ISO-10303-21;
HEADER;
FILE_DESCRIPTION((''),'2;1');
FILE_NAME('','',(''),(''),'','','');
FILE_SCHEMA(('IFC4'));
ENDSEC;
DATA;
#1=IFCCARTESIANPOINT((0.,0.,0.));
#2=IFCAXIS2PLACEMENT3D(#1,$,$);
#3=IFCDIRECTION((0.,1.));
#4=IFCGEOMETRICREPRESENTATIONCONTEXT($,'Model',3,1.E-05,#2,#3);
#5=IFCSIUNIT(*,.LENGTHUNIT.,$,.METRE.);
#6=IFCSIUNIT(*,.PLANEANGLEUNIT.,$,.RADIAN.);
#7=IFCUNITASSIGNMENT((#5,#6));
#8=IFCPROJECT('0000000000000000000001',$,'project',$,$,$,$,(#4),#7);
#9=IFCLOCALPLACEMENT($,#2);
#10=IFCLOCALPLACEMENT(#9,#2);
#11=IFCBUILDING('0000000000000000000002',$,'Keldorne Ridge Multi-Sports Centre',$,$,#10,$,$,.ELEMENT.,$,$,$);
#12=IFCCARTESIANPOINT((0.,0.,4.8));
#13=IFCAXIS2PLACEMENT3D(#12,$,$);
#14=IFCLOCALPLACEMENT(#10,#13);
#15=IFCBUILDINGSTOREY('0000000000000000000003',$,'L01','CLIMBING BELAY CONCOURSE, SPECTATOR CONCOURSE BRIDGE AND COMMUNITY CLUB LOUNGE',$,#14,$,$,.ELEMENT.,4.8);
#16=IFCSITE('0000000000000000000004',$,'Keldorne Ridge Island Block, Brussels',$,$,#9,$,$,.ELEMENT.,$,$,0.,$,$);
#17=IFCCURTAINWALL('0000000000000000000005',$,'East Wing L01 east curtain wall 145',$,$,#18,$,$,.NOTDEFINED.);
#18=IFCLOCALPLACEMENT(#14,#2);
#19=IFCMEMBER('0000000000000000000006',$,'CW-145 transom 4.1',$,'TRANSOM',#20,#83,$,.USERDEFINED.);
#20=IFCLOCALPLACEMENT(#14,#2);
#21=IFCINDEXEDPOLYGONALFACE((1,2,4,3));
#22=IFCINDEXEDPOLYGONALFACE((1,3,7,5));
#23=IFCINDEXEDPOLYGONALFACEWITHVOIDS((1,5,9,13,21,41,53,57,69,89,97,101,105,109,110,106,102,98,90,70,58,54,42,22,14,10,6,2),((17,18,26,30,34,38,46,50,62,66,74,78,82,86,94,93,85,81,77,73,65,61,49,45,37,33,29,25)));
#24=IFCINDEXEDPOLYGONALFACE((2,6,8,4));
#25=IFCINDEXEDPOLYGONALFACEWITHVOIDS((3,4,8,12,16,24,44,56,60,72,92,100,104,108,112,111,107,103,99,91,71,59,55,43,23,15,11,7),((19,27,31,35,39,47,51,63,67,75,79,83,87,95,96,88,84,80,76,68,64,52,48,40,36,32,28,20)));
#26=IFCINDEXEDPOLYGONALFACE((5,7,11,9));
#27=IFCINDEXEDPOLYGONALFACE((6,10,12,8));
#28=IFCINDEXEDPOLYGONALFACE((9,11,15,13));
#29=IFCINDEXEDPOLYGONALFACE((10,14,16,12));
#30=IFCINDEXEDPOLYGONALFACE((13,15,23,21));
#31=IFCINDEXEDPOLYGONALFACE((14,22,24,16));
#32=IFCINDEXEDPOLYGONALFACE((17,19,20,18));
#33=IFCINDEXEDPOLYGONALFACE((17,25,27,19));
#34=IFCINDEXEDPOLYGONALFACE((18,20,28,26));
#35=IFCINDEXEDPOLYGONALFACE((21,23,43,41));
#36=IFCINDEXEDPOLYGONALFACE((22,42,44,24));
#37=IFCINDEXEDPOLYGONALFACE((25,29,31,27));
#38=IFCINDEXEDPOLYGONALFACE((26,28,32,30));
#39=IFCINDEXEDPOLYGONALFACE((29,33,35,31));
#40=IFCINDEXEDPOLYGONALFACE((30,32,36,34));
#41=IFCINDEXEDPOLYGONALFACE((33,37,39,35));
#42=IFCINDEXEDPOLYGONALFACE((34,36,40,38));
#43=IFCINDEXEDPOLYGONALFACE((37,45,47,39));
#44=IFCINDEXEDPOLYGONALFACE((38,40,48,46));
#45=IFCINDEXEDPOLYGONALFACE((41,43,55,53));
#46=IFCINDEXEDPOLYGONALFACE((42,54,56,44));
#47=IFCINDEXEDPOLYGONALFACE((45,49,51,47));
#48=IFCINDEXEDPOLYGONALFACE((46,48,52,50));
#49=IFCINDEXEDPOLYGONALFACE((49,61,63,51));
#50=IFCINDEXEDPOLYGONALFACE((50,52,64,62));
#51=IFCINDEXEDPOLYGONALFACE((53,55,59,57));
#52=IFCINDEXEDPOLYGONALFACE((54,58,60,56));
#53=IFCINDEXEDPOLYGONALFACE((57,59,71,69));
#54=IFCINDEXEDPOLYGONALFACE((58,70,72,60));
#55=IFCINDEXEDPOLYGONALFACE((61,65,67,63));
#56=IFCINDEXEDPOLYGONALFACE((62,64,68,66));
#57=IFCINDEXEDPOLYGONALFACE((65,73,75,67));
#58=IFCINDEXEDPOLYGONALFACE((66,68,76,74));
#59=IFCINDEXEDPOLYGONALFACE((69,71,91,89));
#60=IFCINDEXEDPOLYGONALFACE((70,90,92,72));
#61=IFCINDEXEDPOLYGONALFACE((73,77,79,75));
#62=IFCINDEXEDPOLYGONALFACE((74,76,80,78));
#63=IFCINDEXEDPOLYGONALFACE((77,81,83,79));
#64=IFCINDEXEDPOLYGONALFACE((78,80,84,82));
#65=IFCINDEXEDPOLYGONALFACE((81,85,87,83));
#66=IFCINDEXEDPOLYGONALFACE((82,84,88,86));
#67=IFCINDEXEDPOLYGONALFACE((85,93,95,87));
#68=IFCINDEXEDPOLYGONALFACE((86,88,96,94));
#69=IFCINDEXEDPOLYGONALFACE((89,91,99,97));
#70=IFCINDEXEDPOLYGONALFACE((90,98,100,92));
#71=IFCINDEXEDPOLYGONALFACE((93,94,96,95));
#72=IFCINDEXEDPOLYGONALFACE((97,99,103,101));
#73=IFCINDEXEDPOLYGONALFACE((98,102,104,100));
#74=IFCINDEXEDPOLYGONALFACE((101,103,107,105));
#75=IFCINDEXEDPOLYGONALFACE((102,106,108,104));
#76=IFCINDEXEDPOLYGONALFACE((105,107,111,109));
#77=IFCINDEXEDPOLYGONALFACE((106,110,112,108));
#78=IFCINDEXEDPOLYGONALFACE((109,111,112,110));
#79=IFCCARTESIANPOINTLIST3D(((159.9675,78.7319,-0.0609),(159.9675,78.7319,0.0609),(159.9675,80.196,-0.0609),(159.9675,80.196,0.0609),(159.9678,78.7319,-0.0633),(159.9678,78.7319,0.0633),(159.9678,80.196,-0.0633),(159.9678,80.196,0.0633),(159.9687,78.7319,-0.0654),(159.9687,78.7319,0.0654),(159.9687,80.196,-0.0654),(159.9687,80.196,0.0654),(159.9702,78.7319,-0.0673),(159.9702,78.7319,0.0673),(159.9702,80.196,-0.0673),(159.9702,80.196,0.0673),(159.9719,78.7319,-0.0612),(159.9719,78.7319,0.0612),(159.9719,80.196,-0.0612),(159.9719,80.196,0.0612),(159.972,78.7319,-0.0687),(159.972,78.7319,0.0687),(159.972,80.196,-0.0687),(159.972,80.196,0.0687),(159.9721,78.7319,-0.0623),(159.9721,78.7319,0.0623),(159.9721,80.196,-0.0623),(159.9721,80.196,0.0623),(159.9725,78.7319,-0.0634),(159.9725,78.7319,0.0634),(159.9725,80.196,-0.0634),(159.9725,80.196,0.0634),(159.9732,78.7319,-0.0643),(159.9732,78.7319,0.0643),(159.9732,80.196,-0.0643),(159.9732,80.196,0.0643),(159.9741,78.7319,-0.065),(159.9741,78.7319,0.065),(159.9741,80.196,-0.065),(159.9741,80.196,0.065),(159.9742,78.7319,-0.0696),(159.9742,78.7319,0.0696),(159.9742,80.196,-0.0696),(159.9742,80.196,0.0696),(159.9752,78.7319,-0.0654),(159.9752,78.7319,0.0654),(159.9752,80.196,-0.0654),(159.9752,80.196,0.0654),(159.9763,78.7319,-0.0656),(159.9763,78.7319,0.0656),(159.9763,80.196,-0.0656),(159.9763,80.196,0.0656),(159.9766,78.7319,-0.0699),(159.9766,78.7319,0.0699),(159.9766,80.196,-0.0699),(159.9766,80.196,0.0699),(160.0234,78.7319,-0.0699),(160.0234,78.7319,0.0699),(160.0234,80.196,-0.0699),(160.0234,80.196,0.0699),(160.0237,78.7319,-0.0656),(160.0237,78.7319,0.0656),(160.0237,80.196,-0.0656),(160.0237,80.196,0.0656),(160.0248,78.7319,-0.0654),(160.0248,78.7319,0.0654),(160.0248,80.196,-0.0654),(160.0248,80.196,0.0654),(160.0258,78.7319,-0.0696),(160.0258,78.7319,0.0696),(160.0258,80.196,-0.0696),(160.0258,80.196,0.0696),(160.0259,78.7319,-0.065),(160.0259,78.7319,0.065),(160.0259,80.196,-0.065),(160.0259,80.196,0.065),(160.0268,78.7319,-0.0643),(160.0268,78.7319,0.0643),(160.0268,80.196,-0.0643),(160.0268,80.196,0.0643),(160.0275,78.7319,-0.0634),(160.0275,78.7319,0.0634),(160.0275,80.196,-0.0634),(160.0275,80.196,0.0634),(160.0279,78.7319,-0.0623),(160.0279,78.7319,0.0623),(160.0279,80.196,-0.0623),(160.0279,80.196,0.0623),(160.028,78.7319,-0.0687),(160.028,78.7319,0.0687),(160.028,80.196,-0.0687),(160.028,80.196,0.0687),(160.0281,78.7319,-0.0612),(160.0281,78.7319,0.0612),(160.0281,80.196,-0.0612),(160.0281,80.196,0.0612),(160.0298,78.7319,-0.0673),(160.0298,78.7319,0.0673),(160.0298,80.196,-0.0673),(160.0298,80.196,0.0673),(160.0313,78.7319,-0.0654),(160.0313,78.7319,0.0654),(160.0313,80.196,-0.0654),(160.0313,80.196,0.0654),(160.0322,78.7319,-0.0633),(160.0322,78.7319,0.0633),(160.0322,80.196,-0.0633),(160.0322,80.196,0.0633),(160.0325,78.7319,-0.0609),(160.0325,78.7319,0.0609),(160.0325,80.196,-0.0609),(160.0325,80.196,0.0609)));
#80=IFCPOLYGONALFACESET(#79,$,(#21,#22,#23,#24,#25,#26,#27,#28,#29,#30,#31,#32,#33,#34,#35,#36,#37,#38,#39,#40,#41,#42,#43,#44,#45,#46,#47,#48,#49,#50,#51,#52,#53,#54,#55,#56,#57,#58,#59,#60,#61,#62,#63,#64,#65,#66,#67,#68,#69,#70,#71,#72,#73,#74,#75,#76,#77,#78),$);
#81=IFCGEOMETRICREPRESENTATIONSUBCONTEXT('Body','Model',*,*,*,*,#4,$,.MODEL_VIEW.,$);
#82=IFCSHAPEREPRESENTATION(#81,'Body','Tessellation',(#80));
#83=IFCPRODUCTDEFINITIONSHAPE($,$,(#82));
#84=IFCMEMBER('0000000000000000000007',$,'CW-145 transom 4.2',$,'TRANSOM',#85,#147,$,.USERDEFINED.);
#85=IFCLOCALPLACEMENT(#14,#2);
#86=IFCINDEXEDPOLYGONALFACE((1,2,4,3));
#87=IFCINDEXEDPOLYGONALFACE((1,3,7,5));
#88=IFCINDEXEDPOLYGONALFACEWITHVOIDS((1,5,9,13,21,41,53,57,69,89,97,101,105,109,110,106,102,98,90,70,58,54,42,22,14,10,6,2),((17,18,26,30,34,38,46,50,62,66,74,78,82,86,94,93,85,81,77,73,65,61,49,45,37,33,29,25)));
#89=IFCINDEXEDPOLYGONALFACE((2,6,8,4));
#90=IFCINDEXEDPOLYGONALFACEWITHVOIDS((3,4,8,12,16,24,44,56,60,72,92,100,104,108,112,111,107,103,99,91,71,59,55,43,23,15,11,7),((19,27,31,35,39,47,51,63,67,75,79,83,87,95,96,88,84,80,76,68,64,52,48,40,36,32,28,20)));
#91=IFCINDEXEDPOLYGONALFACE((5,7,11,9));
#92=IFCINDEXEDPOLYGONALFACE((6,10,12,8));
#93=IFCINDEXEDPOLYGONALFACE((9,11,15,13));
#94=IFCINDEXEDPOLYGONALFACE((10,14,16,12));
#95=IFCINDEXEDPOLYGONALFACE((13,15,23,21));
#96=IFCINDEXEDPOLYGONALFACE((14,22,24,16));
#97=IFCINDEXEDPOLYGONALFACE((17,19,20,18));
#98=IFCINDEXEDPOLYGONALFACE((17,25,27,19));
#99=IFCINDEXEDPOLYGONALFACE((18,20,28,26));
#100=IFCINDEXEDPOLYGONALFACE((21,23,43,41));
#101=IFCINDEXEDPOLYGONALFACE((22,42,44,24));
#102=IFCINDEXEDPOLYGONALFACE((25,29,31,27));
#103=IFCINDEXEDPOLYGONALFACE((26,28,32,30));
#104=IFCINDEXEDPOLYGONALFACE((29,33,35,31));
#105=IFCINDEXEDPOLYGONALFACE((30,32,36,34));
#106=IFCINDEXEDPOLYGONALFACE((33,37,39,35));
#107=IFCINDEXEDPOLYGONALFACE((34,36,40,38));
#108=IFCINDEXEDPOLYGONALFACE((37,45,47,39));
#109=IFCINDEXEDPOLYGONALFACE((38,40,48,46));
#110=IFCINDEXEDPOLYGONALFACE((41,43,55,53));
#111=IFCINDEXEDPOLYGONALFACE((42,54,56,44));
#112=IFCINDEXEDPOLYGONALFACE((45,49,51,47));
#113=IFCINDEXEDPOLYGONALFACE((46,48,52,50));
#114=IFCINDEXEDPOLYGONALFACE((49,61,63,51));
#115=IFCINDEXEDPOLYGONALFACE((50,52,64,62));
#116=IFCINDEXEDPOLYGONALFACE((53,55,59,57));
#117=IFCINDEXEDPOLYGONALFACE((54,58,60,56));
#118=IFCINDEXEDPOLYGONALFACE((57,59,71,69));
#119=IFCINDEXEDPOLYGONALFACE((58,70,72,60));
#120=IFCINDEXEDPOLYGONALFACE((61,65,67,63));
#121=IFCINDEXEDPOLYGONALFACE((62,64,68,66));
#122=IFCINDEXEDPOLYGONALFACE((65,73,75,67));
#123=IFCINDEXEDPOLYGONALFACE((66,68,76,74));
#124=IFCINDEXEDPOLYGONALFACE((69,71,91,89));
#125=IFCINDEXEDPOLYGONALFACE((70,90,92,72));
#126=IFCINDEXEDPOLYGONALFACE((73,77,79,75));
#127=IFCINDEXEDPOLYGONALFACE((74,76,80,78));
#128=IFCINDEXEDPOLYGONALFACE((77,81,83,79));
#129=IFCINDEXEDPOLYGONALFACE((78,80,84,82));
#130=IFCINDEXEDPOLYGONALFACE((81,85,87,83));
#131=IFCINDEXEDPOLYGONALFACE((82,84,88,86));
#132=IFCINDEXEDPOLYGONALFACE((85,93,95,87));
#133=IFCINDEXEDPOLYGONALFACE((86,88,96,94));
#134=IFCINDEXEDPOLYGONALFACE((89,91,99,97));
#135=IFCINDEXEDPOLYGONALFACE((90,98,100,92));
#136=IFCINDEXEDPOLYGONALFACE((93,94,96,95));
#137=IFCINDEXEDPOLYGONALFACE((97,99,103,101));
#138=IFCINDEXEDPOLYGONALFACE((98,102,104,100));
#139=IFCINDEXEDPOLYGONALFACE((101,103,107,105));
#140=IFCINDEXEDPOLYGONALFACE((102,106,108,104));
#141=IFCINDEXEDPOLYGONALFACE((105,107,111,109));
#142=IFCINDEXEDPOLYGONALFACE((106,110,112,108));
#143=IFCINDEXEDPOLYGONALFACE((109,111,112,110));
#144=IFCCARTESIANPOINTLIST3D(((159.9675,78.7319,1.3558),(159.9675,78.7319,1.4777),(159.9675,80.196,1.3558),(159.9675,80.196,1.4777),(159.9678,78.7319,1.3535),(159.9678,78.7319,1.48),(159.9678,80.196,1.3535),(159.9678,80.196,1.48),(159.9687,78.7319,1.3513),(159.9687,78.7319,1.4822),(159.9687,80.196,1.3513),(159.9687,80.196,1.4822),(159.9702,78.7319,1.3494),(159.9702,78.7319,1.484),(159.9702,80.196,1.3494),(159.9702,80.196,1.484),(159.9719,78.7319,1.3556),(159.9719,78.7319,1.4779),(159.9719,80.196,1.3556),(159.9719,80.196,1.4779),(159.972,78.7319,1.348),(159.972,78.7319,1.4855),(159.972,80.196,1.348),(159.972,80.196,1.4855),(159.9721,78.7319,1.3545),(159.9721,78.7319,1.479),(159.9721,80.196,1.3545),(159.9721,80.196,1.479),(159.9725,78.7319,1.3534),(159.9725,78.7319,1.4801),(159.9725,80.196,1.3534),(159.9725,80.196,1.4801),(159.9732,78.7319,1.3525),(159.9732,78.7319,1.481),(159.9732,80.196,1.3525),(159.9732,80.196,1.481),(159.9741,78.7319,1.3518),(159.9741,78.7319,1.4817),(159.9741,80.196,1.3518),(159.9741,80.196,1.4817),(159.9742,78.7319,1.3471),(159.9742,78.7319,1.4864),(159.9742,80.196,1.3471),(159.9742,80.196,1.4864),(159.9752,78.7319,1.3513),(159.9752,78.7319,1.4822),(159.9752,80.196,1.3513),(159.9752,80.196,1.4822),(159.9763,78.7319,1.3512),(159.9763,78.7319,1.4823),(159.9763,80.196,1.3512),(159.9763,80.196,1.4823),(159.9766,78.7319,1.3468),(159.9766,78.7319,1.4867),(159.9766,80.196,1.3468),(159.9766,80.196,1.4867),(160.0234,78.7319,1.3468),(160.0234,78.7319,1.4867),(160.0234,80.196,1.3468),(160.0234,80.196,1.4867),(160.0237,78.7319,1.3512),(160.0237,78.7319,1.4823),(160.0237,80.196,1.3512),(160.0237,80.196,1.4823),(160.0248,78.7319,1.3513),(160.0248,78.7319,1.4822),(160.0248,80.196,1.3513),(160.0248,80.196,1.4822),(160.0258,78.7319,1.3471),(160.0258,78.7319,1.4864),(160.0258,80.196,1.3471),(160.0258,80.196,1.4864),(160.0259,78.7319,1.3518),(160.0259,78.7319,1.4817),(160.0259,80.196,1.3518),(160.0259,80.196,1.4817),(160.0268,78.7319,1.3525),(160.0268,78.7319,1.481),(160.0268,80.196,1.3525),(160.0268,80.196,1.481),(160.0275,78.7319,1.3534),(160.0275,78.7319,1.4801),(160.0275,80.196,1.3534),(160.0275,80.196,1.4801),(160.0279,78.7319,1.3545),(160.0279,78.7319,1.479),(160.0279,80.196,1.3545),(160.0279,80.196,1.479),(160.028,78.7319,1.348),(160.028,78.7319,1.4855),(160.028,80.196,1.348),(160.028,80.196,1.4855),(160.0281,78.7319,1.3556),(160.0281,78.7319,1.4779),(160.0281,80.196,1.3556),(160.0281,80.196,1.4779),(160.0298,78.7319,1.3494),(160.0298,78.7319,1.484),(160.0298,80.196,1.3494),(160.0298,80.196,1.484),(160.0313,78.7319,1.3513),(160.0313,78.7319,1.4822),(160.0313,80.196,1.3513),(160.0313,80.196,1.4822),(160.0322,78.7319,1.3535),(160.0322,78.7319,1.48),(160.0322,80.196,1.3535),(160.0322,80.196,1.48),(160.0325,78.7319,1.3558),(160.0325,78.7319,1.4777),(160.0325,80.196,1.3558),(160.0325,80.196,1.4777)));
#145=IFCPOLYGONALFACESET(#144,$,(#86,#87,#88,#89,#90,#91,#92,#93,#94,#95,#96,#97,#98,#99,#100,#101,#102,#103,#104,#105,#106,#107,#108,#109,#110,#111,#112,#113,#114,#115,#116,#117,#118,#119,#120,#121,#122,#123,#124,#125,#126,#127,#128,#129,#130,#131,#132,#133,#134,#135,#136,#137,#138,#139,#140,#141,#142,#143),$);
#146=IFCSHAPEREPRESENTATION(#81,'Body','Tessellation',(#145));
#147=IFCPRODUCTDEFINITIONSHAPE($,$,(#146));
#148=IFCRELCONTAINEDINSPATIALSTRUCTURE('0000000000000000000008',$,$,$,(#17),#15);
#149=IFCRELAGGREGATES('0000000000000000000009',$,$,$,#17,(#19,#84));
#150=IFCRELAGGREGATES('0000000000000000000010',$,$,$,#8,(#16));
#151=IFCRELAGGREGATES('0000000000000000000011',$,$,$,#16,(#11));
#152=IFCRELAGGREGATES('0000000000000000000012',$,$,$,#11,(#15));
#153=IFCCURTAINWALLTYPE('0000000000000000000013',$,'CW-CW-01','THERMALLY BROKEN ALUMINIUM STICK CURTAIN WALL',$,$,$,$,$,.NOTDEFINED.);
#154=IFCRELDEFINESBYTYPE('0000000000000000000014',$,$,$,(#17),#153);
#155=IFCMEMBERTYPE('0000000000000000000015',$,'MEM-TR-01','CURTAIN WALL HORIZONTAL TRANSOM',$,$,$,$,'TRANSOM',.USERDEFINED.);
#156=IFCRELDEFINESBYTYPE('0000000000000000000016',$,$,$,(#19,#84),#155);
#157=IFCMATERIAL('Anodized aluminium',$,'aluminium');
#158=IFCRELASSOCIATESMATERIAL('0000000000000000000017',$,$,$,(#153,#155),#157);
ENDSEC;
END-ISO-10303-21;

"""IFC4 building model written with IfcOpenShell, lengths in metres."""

from ifc_helpers import new_model, si_unit, direction, frame, origin, origin_2d, place, context, subcontext, project, spatial, hollow_rectangle, extrude, material, material_profile, profile_set, type_object, element, aggregate, save


model = new_model("IFC4")

# Units and contexts
model_context = context("Model", 3, precision=1e-05, world=origin(), true_north=direction((0.0, 1.0)))
body_context = subcontext(model_context, "Body", "Model", "MODEL_VIEW")
ifc_project = project(units=[si_unit("LENGTHUNIT", "METRE"), si_unit("PLANEANGLEUNIT", "RADIAN")], contexts=[model_context])

# Site, building, storey
site_placement = place(None, origin())
site = spatial("IfcSite", under=ifc_project, at=site_placement, Name="Keldorne Ridge Island Block, Brussels", CompositionType="ELEMENT", RefElevation=0.0)
building_placement = place(site_placement, origin())
building = spatial("IfcBuilding", under=site, at=building_placement, Name="Keldorne Ridge Multi-Sports Centre", CompositionType="ELEMENT")
storey_placement = place(building_placement, frame((0.0, 0.0, 4.8)))
storey = spatial("IfcBuildingStorey", under=building, at=storey_placement, Name="L01", Description="CLIMBING BELAY CONCOURSE, SPECTATOR CONCOURSE BRIDGE AND COMMUNITY CLUB LOUNGE", CompositionType="ELEMENT", Elevation=4.8)

# Curtain wall, members
ifc_material_1 = material(Name="Anodized aluminium", Category="aluminium")
curtain_wall_type = type_object("IfcCurtainWallType", Name="CW-CW-01", Description="THERMALLY BROKEN ALUMINIUM STICK CURTAIN WALL", PredefinedType="NOTDEFINED", material=ifc_material_1)
curtain_wall_placement = place(storey_placement, origin())
curtain_wall = element("IfcCurtainWall", 1, at=curtain_wall_placement, inside=storey, type_object=curtain_wall_type, Name="East Wing L01 east curtain wall 145", PredefinedType="NOTDEFINED")
ifc_material_profile_1 = material_profile(ifc_material_1, hollow_rectangle(XDim=0.0649, YDim=0.1399, WallThickness=0.0044, InnerFilletRadius=0.0044, OuterFilletRadius=0.009, at=origin_2d()), Name="ALU TRANSOM 140x65x4.5")
ifc_profile_set_1 = profile_set([ifc_material_profile_1], Name="Anodized aluminium")
member_type_1 = type_object("IfcMemberType", Name="MEM-TR-01", Description="CURTAIN WALL HORIZONTAL TRANSOM", ElementType="TRANSOM", PredefinedType="USERDEFINED", material=ifc_profile_set_1)
member_1_placement = place(storey_placement, frame((160.0, 78.7319, 0.0), z_axis=(0.0, 1.0, 0.0), x_axis=(-1.0, 0.0, 0.0)))
member_1 = element("IfcMember", 2, at=member_1_placement, type_object=member_type_1, Name="CW-145 transom 4.1", ObjectType="TRANSOM", PredefinedType="USERDEFINED", context=body_context, shape_type="SweptSolid", body=[
    extrude(hollow_rectangle(XDim=0.0649, YDim=0.1399, WallThickness=0.0044, InnerFilletRadius=0.0044, OuterFilletRadius=0.009, at=origin_2d()), origin(), (0.0, 0.0, 1.0), 1.4641),
])
member_2_placement = place(storey_placement, frame((160.0, 78.7319, 1.4167), z_axis=(0.0, 1.0, 0.0), x_axis=(-1.0, 0.0, 0.0)))
member_2 = element("IfcMember", 3, at=member_2_placement, type_object=member_type_1, Name="CW-145 transom 4.2", ObjectType="TRANSOM", PredefinedType="USERDEFINED", context=body_context, shape_type="SweptSolid", body=[
    extrude(hollow_rectangle(XDim=0.0649, YDim=0.1399, WallThickness=0.0044, InnerFilletRadius=0.0044, OuterFilletRadius=0.009, at=origin_2d()), origin(), (0.0, 0.0, 1.0), 1.4641),
])
aggregate(curtain_wall, [member_1, member_2])

save(model, "model.ifc")
